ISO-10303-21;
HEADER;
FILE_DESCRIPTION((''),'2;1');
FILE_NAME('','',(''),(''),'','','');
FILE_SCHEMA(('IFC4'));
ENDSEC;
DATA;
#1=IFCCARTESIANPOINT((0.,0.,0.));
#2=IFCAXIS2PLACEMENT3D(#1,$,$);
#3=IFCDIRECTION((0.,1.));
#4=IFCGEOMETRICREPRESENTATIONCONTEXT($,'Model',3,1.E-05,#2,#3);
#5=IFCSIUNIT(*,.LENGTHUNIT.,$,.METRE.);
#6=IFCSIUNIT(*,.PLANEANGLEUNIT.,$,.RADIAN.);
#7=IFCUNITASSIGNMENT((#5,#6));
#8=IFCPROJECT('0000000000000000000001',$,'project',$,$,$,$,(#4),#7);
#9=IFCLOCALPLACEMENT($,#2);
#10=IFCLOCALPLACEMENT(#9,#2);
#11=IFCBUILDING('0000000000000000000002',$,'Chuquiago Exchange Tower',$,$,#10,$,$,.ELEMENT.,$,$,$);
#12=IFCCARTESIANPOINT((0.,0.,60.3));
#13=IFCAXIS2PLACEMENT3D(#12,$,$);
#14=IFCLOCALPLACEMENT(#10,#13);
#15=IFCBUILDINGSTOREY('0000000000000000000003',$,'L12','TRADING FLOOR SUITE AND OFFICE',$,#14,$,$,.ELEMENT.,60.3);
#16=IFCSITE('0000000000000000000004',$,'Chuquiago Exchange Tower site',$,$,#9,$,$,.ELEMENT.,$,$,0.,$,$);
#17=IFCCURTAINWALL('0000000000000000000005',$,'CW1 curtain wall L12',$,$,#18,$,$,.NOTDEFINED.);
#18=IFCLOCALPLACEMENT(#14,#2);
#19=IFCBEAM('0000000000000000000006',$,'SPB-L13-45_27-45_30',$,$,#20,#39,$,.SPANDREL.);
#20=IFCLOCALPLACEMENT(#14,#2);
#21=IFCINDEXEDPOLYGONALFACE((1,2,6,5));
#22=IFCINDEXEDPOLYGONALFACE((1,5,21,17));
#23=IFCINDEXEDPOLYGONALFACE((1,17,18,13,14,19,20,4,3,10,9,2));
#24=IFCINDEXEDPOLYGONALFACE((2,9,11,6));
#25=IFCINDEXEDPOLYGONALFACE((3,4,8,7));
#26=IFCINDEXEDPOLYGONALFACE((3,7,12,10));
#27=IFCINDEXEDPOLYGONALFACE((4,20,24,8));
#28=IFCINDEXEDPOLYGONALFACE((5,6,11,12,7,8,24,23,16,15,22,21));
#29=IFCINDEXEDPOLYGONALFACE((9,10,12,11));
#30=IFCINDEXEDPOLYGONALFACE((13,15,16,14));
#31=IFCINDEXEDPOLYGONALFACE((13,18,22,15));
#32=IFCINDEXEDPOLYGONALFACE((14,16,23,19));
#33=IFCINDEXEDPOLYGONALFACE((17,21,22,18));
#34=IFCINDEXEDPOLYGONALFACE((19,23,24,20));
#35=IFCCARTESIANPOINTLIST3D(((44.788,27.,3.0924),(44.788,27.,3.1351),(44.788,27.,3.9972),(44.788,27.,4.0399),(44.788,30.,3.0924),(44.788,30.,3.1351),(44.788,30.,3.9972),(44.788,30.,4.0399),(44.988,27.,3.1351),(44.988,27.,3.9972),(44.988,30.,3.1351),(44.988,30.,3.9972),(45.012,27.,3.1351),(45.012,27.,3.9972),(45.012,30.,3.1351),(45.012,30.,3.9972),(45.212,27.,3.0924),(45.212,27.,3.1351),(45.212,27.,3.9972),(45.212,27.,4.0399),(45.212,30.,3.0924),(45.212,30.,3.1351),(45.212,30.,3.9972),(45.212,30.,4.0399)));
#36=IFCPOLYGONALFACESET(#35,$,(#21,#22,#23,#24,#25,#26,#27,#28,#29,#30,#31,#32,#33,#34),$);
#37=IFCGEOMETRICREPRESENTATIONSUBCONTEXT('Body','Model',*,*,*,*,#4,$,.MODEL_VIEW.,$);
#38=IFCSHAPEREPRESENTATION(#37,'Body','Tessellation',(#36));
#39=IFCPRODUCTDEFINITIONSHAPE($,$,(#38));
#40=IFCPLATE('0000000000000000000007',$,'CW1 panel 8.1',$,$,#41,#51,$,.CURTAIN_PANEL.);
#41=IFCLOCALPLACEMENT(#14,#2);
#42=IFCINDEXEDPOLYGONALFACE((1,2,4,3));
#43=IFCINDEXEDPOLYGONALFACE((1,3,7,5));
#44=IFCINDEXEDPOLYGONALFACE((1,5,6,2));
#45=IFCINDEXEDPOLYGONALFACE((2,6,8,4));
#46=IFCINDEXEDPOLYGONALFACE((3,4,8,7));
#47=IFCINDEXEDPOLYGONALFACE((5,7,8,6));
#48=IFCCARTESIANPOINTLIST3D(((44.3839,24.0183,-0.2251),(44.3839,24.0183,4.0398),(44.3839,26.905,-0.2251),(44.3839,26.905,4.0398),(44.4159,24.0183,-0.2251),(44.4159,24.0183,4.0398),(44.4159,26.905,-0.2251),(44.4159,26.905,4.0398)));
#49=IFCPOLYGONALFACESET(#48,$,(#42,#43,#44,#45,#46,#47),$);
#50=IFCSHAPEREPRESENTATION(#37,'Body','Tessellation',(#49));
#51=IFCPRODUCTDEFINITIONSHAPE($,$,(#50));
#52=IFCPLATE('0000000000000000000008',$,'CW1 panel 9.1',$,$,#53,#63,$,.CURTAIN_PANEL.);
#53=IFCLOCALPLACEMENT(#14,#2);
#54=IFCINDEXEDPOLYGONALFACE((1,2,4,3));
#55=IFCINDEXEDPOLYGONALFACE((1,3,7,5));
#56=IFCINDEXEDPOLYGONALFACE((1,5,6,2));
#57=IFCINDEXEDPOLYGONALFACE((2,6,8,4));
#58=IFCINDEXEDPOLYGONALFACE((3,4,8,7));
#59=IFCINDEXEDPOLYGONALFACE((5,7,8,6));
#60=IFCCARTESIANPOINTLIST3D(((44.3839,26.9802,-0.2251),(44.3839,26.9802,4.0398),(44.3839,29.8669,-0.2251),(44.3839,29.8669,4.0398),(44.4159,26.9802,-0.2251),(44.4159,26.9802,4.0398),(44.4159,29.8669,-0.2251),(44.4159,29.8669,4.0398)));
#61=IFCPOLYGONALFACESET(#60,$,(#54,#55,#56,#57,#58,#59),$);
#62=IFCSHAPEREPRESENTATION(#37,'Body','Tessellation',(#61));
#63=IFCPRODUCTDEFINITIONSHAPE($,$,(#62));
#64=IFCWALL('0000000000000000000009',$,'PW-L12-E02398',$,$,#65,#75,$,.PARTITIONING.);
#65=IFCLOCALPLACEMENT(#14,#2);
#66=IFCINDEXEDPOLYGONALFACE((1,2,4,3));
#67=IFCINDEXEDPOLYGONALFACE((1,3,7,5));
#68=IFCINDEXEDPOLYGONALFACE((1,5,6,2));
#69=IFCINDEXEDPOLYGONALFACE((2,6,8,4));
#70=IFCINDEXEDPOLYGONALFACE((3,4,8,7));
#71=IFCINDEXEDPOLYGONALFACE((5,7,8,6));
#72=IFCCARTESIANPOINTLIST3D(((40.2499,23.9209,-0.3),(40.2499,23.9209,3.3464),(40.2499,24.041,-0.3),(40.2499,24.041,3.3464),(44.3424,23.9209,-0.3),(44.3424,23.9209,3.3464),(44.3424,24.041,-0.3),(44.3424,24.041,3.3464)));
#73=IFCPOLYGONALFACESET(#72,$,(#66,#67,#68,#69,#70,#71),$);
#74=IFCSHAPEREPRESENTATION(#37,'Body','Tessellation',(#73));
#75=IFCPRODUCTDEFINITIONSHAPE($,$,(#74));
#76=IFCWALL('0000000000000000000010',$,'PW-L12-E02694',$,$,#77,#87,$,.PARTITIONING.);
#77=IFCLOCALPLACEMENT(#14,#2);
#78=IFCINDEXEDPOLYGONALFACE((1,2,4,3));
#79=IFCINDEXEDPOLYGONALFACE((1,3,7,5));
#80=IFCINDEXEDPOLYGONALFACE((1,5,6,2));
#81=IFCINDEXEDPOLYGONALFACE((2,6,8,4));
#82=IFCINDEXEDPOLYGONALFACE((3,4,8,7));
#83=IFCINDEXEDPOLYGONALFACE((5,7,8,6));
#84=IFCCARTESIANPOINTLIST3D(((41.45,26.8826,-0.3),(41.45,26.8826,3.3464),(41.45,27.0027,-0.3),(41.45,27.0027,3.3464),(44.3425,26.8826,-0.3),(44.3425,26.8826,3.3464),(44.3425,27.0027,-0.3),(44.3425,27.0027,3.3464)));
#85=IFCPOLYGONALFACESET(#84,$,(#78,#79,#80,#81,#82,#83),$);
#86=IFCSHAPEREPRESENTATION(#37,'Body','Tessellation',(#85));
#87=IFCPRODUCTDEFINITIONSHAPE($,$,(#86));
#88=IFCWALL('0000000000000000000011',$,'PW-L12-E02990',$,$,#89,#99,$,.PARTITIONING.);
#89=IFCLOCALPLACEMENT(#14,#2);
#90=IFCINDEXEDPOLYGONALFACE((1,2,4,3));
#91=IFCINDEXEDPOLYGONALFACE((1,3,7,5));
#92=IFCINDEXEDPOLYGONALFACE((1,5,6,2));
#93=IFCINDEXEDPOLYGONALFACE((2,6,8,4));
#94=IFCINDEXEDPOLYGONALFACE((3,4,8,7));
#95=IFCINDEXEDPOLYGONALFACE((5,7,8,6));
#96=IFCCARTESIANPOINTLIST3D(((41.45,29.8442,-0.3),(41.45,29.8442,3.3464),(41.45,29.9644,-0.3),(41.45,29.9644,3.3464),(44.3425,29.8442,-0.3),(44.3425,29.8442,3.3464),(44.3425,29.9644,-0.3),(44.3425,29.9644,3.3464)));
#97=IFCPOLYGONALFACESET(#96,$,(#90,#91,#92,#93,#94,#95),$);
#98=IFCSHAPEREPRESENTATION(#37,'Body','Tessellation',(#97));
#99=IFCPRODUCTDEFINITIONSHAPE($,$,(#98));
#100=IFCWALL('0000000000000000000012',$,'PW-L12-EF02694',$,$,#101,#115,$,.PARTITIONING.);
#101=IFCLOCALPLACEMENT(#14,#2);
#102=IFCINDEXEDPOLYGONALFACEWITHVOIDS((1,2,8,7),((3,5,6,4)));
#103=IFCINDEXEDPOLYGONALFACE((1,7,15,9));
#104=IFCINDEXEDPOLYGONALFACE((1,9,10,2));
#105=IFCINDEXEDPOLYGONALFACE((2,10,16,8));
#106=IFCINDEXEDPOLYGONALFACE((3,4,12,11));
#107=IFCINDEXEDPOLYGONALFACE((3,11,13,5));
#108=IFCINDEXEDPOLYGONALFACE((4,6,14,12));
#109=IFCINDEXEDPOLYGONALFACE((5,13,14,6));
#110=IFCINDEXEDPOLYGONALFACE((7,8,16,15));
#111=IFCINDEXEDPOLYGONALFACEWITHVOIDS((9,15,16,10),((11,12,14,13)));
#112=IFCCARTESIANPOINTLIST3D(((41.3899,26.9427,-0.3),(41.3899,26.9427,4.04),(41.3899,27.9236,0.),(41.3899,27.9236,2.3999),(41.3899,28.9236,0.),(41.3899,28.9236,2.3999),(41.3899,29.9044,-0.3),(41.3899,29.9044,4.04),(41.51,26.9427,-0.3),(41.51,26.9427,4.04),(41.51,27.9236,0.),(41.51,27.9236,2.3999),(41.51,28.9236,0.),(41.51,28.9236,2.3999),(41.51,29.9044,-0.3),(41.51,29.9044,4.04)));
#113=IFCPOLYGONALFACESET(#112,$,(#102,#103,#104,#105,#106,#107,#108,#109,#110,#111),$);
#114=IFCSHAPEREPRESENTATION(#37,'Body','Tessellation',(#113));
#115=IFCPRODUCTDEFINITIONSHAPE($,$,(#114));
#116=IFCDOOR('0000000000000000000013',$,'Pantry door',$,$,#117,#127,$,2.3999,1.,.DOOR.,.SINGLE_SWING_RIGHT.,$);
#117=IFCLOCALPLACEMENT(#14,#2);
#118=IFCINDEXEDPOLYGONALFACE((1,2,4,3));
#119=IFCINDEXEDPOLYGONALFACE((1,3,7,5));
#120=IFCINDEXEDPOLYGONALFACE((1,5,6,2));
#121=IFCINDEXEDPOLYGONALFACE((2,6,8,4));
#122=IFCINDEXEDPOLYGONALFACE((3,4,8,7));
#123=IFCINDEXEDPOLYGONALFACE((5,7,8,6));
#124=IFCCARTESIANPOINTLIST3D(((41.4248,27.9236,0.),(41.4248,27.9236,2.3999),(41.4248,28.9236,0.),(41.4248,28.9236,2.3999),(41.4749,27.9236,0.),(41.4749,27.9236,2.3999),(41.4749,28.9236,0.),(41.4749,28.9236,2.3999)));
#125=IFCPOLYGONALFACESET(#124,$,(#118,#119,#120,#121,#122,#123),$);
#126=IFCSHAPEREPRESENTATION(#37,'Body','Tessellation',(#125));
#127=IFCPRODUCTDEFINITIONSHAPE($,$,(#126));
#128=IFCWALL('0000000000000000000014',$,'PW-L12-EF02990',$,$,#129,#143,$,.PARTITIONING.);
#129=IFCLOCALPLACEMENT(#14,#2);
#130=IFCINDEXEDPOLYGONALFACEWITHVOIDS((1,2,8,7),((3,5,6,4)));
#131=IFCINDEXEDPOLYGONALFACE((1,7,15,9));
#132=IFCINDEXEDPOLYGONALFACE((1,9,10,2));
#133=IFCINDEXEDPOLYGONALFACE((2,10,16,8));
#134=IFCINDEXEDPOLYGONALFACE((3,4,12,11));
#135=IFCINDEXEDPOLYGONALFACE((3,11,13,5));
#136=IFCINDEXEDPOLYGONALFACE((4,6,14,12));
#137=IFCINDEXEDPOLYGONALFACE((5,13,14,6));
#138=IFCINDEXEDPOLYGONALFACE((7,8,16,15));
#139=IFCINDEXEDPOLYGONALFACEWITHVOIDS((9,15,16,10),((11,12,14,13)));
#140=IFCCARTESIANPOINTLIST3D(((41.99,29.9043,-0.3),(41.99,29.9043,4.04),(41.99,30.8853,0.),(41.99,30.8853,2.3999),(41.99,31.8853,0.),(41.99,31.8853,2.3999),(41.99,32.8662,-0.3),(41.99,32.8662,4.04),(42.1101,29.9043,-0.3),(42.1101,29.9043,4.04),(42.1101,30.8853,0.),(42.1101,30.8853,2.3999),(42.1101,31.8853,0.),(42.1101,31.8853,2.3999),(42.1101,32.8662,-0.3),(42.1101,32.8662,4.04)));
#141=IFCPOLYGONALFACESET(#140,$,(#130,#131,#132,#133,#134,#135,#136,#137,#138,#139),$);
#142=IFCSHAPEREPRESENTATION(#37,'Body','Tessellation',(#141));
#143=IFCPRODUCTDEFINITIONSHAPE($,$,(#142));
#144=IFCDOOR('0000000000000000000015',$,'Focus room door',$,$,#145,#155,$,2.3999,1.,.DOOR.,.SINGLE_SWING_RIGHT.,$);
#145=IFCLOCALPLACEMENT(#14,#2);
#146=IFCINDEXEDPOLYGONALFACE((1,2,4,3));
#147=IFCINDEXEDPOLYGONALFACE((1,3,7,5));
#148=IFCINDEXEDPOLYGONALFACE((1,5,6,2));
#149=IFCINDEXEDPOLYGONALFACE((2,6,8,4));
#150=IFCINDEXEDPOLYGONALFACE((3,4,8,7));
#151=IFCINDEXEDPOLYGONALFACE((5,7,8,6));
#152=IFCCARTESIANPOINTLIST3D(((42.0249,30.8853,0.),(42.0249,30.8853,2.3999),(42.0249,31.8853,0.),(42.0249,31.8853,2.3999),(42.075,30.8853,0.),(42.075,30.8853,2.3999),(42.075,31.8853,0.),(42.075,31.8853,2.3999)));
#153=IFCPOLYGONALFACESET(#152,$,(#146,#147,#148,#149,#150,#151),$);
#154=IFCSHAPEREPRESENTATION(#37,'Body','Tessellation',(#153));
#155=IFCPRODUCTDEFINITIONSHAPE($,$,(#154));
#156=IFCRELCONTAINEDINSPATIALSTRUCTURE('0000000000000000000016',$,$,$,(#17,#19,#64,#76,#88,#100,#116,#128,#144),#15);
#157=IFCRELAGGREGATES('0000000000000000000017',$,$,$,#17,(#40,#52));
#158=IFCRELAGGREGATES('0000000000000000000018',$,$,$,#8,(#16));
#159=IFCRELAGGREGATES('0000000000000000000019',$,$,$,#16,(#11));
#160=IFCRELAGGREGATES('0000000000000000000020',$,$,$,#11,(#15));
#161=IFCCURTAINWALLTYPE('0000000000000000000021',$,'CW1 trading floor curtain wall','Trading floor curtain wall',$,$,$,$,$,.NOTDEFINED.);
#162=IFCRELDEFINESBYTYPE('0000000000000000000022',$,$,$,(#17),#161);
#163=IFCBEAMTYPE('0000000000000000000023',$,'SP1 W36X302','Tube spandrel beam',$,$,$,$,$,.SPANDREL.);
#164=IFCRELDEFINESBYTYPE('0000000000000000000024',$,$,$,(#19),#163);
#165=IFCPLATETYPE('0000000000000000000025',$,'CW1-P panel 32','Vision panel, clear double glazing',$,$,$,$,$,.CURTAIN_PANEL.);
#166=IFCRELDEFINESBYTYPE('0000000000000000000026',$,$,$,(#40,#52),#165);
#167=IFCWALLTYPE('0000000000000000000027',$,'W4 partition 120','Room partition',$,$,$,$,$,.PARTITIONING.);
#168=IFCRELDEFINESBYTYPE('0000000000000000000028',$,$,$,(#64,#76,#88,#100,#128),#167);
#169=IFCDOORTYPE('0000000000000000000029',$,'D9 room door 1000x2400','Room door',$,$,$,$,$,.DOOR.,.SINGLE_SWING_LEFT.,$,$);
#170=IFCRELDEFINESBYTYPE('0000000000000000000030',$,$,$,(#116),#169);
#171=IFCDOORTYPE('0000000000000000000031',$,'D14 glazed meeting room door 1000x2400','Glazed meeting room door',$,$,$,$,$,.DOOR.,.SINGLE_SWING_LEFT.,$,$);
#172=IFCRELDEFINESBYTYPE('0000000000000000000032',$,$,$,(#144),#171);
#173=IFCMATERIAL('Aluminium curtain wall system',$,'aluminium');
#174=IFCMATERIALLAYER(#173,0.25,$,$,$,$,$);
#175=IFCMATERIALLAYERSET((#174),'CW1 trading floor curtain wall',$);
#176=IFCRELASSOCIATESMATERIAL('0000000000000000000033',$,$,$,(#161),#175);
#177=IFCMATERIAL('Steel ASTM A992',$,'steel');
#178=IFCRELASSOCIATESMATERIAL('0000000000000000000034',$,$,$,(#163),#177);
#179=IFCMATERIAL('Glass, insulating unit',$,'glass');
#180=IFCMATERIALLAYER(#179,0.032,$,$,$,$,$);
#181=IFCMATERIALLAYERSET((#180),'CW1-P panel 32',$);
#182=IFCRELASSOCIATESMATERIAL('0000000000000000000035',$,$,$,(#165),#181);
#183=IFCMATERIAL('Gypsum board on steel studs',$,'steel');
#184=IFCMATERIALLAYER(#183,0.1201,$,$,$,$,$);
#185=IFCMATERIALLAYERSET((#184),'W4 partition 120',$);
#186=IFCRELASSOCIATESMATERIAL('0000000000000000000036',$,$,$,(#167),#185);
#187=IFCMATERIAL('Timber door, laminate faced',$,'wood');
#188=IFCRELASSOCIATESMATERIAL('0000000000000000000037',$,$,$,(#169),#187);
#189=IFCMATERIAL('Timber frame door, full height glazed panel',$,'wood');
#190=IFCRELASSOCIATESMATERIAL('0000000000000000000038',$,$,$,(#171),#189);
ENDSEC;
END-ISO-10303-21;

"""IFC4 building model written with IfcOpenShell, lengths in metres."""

from ifc_helpers import new_model, si_unit, direction, frame, frame_2d, origin, origin_2d, place, context, subcontext, project, spatial, rectangle, i_section, extrude, material, layer, layer_set, material_profile, profile_set, type_object, element, fill, aggregate, save


model = new_model("IFC4")

# Units and contexts
model_context = context("Model", 3, precision=1e-05, world=origin(), true_north=direction((0.0, 1.0)))
body_context = subcontext(model_context, "Body", "Model", "MODEL_VIEW")
ifc_project = project(units=[si_unit("LENGTHUNIT", "METRE"), si_unit("PLANEANGLEUNIT", "RADIAN")], contexts=[model_context])

# Site, building, storey
site_placement = place(None, origin())
site = spatial("IfcSite", under=ifc_project, at=site_placement, Name="Chuquiago Exchange Tower site", CompositionType="ELEMENT", RefElevation=0.0)
building_placement = place(site_placement, origin())
building = spatial("IfcBuilding", under=site, at=building_placement, Name="Chuquiago Exchange Tower", CompositionType="ELEMENT")
storey_placement = place(building_placement, frame((0.0, 0.0, 60.3)))
storey = spatial("IfcBuildingStorey", under=building, at=storey_placement, Name="L12", Description="TRADING FLOOR SUITE AND OFFICE", CompositionType="ELEMENT", Elevation=60.3)

# Curtain wall
ifc_material_1 = material(Name="Aluminium curtain wall system", Category="aluminium")
ifc_layer_1 = layer(ifc_material_1, 0.25)
ifc_layer_set_1 = layer_set([ifc_layer_1], Name="CW1 trading floor curtain wall")
curtain_wall_type = type_object("IfcCurtainWallType", Name="CW1 trading floor curtain wall", Description="Trading floor curtain wall", PredefinedType="NOTDEFINED", material=ifc_layer_set_1)
curtain_wall_placement = place(storey_placement, origin())
curtain_wall = element("IfcCurtainWall", 1, at=curtain_wall_placement, inside=storey, type_object=curtain_wall_type, Name="CW1 curtain wall L12", PredefinedType="NOTDEFINED")

# Beam
ifc_material_2 = material(Name="Steel ASTM A992", Category="steel")
ifc_material_profile_1 = material_profile(ifc_material_2, i_section(OverallWidth=0.4241, OverallDepth=0.9475, WebThickness=0.0239, FlangeThickness=0.0427, at=origin_2d()), Name="W36X302")
ifc_profile_set_1 = profile_set([ifc_material_profile_1], Name="Steel ASTM A992")
beam_type = type_object("IfcBeamType", Name="SP1 W36X302", Description="Tube spandrel beam", PredefinedType="SPANDREL", material=ifc_profile_set_1)
for number, where, z_axis, x_axis, name in (
    (2, (45.0, 27.0, 3.5662), (0.0, 1.0, 0.0), (-1.0, 0.0, 0.0), "SPB-L13-45_27-45_30"),
):
    element("IfcBeam", number, at=place(storey_placement, frame(where, z_axis=z_axis, x_axis=x_axis)), inside=storey, type_object=beam_type, Name=name, PredefinedType="SPANDREL", context=body_context, shape_type="SweptSolid", body=[
        extrude(i_section(OverallWidth=0.4241, OverallDepth=0.9475, WebThickness=0.0239, FlangeThickness=0.0427, at=origin_2d()), origin(), (0.0, 0.0, 1.0), 3.0),
    ])

# Plates
ifc_material_3 = material(Name="Glass, insulating unit", Category="glass")
ifc_layer_2 = layer(ifc_material_3, 0.032)
ifc_layer_set_2 = layer_set([ifc_layer_2], Name="CW1-P panel 32")
plate_type = type_object("IfcPlateType", Name="CW1-P panel 32", Description="Vision panel, clear double glazing", PredefinedType="CURTAIN_PANEL", material=ifc_layer_set_2)
plate_1_placement = place(storey_placement, frame((44.3999, 25.4617, -0.2251), z_axis=(0.0, 0.0, 1.0), x_axis=(0.0, 1.0, 0.0)))
plate_1 = element("IfcPlate", 3, at=plate_1_placement, type_object=plate_type, Name="CW1 panel 8.1", PredefinedType="CURTAIN_PANEL", context=body_context, shape_type="SweptSolid", body=[
    extrude(rectangle(XDim=2.8867, YDim=0.032, at=origin_2d()), origin(), (0.0, 0.0, 1.0), 4.2649),
])
plate_2_placement = place(storey_placement, frame((44.3999, 28.4236, -0.2251), z_axis=(0.0, 0.0, 1.0), x_axis=(0.0, 1.0, 0.0)))
plate_2 = element("IfcPlate", 4, at=plate_2_placement, type_object=plate_type, Name="CW1 panel 9.1", PredefinedType="CURTAIN_PANEL", context=body_context, shape_type="SweptSolid", body=[
    extrude(rectangle(XDim=2.8867, YDim=0.032, at=origin_2d()), origin(), (0.0, 0.0, 1.0), 4.2649),
])
aggregate(curtain_wall, [plate_1, plate_2])

# Walls
ifc_material_4 = material(Name="Gypsum board on steel studs", Category="steel")
ifc_layer_3 = layer(ifc_material_4, 0.1201)
ifc_layer_set_3 = layer_set([ifc_layer_3], Name="W4 partition 120")
wall_type = type_object("IfcWallType", Name="W4 partition 120", Description="Room partition", PredefinedType="PARTITIONING", material=ifc_layer_set_3)
wall_1_placement = place(storey_placement, frame((44.3425, 23.981, -0.3), z_axis=(0.0, 0.0, 1.0), x_axis=(-1.0, 0.0, 0.0)))
element("IfcWall", 5, at=wall_1_placement, inside=storey, type_object=wall_type, Name="PW-L12-E02398", PredefinedType="PARTITIONING", context=body_context, shape_type="SweptSolid", body=[
    extrude(rectangle(XDim=4.0925, YDim=0.1201, at=frame_2d((2.0464, 0.0))), origin(), (0.0, 0.0, 1.0), 3.6465),
])
for number, where, z_axis, x_axis, name in (
    (6, (44.3425, 26.9426, -0.3), (0.0, 0.0, 1.0), (-1.0, 0.0, 0.0), "PW-L12-E02694"),
    (7, (44.3425, 29.9043, -0.3), (0.0, 0.0, 1.0), (-1.0, 0.0, 0.0), "PW-L12-E02990"),
):
    element("IfcWall", number, at=place(storey_placement, frame(where, z_axis=z_axis, x_axis=x_axis)), inside=storey, type_object=wall_type, Name=name, PredefinedType="PARTITIONING", context=body_context, shape_type="SweptSolid", body=[
        extrude(rectangle(XDim=2.8926, YDim=0.1201, at=frame_2d((1.4463, 0.0))), origin(), (0.0, 0.0, 1.0), 3.6465),
    ])

# Walls, openings, doors
wall_2_placement = place(storey_placement, frame((41.45, 26.9426, -0.3), z_axis=(0.0, 0.0, 1.0), x_axis=(0.0, 1.0, 0.0)))
wall_2 = element("IfcWall", 8, at=wall_2_placement, inside=storey, type_object=wall_type, Name="PW-L12-EF02694", PredefinedType="PARTITIONING", context=body_context, shape_type="SweptSolid", body=[
    extrude(rectangle(XDim=2.9617, YDim=0.1201, at=frame_2d((1.481, 0.0))), origin(), (0.0, 0.0, 1.0), 4.3401),
])
opening_1_placement = place(wall_2_placement, frame((0.981, 0.0, 0.3)))
opening_1 = element("IfcOpeningElement", 9, at=opening_1_placement, cuts=wall_2, PredefinedType="OPENING", context=body_context, shape_type="SweptSolid", body=[
    extrude(rectangle(XDim=1.0, YDim=2.3999, at=frame_2d((0.5, 1.2))), frame((0.0, 0.0701, 0.0), z_axis=(0.0, -1.0, 0.0), x_axis=(1.0, 0.0, 0.0)), (0.0, 0.0, 1.0), 0.1401),
])
ifc_material_5 = material(Name="Timber door, laminate faced", Category="wood")
door_type_1 = type_object("IfcDoorType", Name="D9 room door 1000x2400", Description="Room door", OperationType="SINGLE_SWING_LEFT", PredefinedType="DOOR", material=ifc_material_5)
door_1_placement = place(opening_1_placement, frame((1.0, 0.0, 0.0), z_axis=(0.0, 0.0, 1.0), x_axis=(-1.0, 0.0, 0.0)))
door_1 = element("IfcDoor", 10, at=door_1_placement, inside=storey, type_object=door_type_1, Name="Pantry door", OperationType="SINGLE_SWING_RIGHT", OverallHeight=2.3999, OverallWidth=1.0, PredefinedType="DOOR", context=body_context, shape_type="SweptSolid", body=[
    extrude(rectangle(XDim=1.0, YDim=2.3999, at=frame_2d((0.5, 1.2))), frame((0.0, 0.0249, 0.0), z_axis=(0.0, -1.0, 0.0), x_axis=(1.0, 0.0, 0.0)), (0.0, 0.0, 1.0), 0.05),
])
fill(opening_1, door_1)
wall_3_placement = place(storey_placement, frame((42.05, 29.9043, -0.3), z_axis=(0.0, 0.0, 1.0), x_axis=(0.0, 1.0, 0.0)))
wall_3 = element("IfcWall", 11, at=wall_3_placement, inside=storey, type_object=wall_type, Name="PW-L12-EF02990", PredefinedType="PARTITIONING", context=body_context, shape_type="SweptSolid", body=[
    extrude(rectangle(XDim=2.9619, YDim=0.1201, at=frame_2d((1.481, 0.0))), origin(), (0.0, 0.0, 1.0), 4.3401),
])
opening_2_placement = place(wall_3_placement, frame((0.981, 0.0, 0.3)))
opening_2 = element("IfcOpeningElement", 12, at=opening_2_placement, cuts=wall_3, PredefinedType="OPENING", context=body_context, shape_type="SweptSolid", body=[
    extrude(rectangle(XDim=1.0, YDim=2.3999, at=frame_2d((0.5, 1.2))), frame((0.0, 0.0701, 0.0), z_axis=(0.0, -1.0, 0.0), x_axis=(1.0, 0.0, 0.0)), (0.0, 0.0, 1.0), 0.1401),
])
ifc_material_6 = material(Name="Timber frame door, full height glazed panel", Category="wood")
door_type_2 = type_object("IfcDoorType", Name="D14 glazed meeting room door 1000x2400", Description="Glazed meeting room door", OperationType="SINGLE_SWING_LEFT", PredefinedType="DOOR", material=ifc_material_6)
door_2_placement = place(opening_2_placement, frame((1.0, 0.0, 0.0), z_axis=(0.0, 0.0, 1.0), x_axis=(-1.0, 0.0, 0.0)))
door_2 = element("IfcDoor", 13, at=door_2_placement, inside=storey, type_object=door_type_2, Name="Focus room door", OperationType="SINGLE_SWING_RIGHT", OverallHeight=2.3999, OverallWidth=1.0, PredefinedType="DOOR", context=body_context, shape_type="SweptSolid", body=[
    extrude(rectangle(XDim=1.0, YDim=2.3999, at=frame_2d((0.5, 1.2))), frame((0.0, 0.0249, 0.0), z_axis=(0.0, -1.0, 0.0), x_axis=(1.0, 0.0, 0.0)), (0.0, 0.0, 1.0), 0.05),
])
fill(opening_2, door_2)

save(model, "model.ifc")
